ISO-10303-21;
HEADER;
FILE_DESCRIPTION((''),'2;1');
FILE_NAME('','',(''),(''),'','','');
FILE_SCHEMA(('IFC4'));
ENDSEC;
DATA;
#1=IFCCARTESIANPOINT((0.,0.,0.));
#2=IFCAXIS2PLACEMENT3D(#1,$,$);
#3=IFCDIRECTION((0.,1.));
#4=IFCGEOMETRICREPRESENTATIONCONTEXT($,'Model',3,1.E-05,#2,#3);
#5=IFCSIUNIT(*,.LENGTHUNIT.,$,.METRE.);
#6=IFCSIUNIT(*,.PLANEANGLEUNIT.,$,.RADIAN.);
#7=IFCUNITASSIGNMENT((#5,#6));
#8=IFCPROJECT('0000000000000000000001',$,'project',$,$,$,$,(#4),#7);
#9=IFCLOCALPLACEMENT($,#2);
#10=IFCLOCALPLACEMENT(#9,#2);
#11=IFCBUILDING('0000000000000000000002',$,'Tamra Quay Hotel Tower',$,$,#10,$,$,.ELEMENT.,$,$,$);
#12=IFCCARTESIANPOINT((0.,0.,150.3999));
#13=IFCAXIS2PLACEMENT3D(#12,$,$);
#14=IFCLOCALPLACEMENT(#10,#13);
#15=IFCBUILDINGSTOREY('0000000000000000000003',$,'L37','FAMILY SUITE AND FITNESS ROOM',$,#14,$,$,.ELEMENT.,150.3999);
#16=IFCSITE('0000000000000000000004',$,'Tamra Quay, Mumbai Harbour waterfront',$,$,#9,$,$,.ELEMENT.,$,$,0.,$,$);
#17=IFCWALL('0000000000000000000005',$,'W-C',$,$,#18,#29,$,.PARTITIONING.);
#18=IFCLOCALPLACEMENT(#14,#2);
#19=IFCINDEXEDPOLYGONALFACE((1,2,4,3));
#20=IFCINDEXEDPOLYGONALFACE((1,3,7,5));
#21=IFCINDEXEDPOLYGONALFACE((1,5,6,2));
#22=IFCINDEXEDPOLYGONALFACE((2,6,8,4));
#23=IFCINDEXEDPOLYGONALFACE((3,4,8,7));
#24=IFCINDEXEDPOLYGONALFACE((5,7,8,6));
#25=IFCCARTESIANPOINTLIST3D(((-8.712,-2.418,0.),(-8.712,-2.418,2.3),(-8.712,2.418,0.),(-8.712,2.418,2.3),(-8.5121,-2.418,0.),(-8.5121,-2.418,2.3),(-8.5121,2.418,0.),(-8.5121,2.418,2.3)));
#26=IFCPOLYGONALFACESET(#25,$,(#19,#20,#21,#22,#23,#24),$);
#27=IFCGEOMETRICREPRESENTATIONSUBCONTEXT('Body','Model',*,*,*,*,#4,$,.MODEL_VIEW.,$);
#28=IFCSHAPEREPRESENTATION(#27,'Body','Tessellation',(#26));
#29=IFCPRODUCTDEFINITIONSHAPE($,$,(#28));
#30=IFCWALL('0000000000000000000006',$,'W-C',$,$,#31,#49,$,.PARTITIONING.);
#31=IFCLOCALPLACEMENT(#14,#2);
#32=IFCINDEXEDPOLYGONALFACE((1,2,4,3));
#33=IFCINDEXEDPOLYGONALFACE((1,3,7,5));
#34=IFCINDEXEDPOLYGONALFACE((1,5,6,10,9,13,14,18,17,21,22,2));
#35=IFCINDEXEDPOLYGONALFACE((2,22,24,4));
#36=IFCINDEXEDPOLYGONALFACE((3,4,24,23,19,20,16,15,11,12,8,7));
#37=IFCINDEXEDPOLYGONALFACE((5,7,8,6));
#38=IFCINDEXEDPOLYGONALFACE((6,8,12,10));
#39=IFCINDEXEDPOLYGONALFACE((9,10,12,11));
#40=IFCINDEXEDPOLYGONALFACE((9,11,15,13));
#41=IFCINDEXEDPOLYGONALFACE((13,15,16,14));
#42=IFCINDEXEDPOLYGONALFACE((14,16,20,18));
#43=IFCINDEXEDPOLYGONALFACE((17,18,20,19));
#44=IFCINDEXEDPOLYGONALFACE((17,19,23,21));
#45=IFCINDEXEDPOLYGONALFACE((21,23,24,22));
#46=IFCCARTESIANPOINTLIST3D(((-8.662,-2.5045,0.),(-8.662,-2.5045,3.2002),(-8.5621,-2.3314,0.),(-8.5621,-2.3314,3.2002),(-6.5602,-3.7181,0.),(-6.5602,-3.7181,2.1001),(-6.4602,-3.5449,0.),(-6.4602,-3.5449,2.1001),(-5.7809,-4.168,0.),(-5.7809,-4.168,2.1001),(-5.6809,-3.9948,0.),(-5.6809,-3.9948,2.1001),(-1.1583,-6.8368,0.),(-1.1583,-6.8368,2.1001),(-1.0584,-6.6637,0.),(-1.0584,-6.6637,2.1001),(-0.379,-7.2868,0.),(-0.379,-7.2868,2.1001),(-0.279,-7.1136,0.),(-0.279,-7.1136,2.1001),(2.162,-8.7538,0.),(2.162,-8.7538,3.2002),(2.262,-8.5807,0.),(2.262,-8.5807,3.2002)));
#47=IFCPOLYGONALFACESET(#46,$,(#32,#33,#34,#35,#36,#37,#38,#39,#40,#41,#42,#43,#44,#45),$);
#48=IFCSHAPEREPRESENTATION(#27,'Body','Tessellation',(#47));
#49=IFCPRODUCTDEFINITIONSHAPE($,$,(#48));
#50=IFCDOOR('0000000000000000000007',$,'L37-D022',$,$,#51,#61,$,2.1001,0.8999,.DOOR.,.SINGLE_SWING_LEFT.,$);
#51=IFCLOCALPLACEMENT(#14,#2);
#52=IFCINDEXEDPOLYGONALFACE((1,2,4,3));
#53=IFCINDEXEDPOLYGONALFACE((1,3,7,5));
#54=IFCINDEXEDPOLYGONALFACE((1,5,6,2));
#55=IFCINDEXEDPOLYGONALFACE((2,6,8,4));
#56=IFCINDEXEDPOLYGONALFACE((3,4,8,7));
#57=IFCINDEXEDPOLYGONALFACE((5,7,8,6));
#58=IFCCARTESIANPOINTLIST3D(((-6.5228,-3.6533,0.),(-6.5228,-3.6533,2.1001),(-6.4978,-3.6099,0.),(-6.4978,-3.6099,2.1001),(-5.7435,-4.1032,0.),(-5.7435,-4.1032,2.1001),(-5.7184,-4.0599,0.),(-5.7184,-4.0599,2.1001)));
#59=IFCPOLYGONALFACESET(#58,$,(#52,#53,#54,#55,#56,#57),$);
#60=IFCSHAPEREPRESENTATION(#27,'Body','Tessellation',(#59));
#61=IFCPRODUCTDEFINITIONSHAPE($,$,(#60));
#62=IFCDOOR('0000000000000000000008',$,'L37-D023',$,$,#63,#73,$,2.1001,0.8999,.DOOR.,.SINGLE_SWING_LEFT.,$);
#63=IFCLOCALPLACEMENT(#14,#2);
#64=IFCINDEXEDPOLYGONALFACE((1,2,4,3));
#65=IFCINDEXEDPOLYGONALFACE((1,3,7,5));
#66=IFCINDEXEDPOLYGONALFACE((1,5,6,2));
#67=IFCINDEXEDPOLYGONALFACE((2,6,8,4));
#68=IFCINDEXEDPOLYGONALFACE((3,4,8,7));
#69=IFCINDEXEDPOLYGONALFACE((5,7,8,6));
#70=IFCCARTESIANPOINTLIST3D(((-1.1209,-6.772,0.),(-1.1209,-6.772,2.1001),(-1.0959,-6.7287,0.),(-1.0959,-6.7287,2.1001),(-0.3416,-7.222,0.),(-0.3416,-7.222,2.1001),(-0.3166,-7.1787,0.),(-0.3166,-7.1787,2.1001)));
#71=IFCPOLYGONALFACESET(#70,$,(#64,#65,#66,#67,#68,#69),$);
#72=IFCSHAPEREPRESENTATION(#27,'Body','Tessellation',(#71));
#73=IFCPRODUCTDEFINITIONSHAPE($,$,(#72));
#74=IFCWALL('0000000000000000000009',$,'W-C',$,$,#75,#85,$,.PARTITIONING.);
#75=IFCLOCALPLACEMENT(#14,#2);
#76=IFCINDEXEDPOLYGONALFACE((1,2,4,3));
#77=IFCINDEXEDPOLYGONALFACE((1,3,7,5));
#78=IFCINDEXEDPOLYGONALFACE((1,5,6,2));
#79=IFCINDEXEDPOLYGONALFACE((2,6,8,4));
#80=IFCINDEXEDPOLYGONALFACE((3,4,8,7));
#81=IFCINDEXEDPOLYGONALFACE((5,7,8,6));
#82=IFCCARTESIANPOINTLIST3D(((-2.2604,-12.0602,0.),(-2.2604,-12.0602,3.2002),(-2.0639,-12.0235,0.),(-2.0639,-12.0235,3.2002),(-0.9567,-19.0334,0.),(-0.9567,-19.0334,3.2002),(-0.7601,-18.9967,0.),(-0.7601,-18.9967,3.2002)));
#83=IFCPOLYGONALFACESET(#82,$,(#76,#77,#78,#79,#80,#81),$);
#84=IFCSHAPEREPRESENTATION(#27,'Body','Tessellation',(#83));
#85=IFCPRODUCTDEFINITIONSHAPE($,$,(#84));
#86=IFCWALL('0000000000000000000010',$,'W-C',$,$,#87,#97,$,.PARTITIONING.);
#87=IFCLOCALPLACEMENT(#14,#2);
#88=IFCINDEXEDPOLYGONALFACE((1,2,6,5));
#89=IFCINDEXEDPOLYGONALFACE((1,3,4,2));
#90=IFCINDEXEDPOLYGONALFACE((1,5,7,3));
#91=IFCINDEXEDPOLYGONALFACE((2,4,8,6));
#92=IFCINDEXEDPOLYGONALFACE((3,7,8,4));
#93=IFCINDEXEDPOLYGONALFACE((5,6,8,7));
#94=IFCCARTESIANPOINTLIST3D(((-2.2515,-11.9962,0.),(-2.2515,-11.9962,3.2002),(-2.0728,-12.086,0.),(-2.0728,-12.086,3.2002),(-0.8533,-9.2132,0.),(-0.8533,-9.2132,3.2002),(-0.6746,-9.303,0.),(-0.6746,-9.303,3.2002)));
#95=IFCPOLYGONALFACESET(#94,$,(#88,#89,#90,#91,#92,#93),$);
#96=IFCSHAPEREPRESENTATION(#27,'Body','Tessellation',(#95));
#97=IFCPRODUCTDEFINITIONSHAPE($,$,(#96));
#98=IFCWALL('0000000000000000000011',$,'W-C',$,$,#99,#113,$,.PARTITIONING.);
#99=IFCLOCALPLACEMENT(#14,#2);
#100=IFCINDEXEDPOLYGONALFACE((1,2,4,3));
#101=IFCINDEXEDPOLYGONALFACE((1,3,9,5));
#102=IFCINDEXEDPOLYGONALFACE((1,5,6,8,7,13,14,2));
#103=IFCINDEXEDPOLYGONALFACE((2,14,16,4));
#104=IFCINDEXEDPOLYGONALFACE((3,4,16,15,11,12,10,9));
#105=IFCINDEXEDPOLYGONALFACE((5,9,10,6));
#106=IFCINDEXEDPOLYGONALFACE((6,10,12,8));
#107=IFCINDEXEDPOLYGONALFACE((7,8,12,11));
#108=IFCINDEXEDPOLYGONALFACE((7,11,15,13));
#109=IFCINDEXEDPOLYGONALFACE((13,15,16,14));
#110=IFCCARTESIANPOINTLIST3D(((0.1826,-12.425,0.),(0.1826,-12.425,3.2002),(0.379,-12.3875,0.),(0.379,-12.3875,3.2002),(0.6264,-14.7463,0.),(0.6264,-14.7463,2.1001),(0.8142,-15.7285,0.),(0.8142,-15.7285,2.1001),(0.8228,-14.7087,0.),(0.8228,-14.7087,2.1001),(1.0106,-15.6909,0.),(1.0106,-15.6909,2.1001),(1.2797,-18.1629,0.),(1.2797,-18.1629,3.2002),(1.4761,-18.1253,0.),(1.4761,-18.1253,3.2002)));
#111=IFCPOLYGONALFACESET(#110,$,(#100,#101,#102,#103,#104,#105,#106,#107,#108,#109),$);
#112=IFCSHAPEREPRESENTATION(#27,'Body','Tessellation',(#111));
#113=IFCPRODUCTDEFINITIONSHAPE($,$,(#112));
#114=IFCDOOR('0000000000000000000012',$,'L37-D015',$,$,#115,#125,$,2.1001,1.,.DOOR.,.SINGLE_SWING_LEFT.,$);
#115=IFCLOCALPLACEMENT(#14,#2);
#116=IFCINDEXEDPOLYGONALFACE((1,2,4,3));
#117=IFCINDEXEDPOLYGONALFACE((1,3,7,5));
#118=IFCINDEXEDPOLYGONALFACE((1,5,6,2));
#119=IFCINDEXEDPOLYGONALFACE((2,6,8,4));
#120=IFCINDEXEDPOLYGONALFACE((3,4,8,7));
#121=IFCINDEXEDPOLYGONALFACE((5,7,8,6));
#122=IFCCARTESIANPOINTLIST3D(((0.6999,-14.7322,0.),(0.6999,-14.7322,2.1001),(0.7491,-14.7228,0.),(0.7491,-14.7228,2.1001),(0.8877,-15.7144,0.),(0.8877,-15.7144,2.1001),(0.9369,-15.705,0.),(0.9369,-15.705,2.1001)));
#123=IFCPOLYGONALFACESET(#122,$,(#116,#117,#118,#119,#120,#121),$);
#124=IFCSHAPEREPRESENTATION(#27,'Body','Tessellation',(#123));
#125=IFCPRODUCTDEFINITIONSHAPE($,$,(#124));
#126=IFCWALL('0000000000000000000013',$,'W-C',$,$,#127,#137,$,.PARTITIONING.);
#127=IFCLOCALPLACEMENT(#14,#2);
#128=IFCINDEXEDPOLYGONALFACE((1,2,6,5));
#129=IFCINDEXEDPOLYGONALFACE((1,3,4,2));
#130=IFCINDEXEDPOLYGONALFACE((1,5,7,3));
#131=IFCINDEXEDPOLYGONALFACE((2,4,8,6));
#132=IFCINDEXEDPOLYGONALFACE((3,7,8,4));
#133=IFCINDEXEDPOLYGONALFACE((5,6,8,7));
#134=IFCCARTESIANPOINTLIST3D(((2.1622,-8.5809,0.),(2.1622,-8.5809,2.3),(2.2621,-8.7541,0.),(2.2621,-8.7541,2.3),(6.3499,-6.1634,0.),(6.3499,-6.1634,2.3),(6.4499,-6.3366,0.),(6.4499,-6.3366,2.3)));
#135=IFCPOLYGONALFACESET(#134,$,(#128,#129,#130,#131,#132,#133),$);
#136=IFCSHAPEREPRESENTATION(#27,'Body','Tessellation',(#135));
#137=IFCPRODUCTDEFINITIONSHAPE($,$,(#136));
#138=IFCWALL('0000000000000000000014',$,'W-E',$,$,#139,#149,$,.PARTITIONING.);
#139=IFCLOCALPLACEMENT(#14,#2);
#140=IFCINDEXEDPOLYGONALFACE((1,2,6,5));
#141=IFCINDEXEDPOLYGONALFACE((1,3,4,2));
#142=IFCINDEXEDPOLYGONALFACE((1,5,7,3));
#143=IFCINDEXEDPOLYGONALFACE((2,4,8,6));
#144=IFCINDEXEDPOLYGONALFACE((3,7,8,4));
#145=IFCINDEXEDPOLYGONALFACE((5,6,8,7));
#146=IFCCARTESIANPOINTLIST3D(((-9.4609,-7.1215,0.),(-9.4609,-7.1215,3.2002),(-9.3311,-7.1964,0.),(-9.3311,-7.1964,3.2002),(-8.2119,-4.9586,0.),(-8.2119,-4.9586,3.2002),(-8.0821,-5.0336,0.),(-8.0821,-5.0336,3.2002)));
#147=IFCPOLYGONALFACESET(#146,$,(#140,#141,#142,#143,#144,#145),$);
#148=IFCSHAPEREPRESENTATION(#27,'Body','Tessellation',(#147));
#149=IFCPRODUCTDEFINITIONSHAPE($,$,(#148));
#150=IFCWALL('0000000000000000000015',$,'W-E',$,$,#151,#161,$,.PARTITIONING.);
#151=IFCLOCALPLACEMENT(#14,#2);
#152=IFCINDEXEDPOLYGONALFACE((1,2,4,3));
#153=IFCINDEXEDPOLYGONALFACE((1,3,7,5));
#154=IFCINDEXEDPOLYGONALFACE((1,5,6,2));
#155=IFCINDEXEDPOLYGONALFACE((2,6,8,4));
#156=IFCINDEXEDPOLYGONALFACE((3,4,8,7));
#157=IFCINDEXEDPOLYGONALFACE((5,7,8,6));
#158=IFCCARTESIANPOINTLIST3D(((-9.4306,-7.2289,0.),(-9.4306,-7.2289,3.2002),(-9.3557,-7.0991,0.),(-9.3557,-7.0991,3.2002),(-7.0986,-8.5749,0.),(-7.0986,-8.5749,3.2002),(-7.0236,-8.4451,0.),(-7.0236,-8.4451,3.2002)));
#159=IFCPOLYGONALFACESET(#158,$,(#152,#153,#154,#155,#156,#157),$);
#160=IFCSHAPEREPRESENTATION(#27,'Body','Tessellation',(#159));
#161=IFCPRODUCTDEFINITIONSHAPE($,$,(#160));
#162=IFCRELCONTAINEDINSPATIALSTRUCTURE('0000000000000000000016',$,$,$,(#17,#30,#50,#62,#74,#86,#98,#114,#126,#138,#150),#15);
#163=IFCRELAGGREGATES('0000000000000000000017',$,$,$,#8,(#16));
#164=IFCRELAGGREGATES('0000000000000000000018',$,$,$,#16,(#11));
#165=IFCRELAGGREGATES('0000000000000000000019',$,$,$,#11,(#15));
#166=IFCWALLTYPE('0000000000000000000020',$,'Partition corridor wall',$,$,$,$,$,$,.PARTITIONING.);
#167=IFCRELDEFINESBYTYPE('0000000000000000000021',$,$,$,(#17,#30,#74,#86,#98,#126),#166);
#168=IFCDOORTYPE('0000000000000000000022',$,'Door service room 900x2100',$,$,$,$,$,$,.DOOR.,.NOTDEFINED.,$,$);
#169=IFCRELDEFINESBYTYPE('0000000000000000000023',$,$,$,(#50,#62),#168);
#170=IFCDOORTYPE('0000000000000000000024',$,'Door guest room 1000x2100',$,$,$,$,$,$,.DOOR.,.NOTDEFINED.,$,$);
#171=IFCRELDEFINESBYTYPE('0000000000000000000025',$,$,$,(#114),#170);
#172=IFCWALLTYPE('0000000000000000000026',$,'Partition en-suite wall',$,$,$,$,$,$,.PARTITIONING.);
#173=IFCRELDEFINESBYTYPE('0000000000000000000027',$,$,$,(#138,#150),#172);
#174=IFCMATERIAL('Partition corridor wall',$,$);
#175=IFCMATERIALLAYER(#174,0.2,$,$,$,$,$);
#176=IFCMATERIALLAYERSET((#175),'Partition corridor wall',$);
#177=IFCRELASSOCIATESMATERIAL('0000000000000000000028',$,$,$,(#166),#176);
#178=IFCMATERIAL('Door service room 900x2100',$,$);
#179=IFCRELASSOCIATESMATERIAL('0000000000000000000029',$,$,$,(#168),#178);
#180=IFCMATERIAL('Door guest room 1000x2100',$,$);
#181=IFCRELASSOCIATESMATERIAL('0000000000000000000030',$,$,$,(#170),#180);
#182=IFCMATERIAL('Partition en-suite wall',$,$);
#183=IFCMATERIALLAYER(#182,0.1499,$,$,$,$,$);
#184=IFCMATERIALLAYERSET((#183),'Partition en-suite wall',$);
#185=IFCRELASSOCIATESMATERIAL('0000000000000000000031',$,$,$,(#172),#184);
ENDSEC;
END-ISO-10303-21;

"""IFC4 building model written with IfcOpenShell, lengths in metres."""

from ifc_helpers import new_model, si_unit, direction, frame, frame_2d, origin, place, context, subcontext, project, spatial, rectangle, extrude, material, layer, layer_set, type_object, element, fill, save


model = new_model("IFC4")

# Units and contexts
model_context = context("Model", 3, precision=1e-05, world=origin(), true_north=direction((0.0, 1.0)))
body_context = subcontext(model_context, "Body", "Model", "MODEL_VIEW")
ifc_project = project(units=[si_unit("LENGTHUNIT", "METRE"), si_unit("PLANEANGLEUNIT", "RADIAN")], contexts=[model_context])

# Site, building, storey
site_placement = place(None, origin())
site = spatial("IfcSite", under=ifc_project, at=site_placement, Name="Tamra Quay, Mumbai Harbour waterfront", CompositionType="ELEMENT", RefElevation=0.0)
building_placement = place(site_placement, origin())
building = spatial("IfcBuilding", under=site, at=building_placement, Name="Tamra Quay Hotel Tower", CompositionType="ELEMENT")
storey_placement = place(building_placement, frame((0.0, 0.0, 150.3999)))
storey = spatial("IfcBuildingStorey", under=building, at=storey_placement, Name="L37", Description="FAMILY SUITE AND FITNESS ROOM", CompositionType="ELEMENT", Elevation=150.3999)

# Shared definitions
ifc_material_1 = material(Name="Partition corridor wall")
ifc_layer_1 = layer(ifc_material_1, 0.2)
ifc_layer_set_1 = layer_set([ifc_layer_1], Name="Partition corridor wall")
wall_type_1 = type_object("IfcWallType", Name="Partition corridor wall", PredefinedType="PARTITIONING", material=ifc_layer_set_1)

# Wall
wall_1_placement = place(storey_placement, frame((-8.6121, -2.418, 0.0), z_axis=(0.0, 0.0, 1.0), x_axis=(0.0, 1.0, 0.0)))
element("IfcWall", 1, at=wall_1_placement, inside=storey, type_object=wall_type_1, Name="W-C", PredefinedType="PARTITIONING", context=body_context, shape_type="SweptSolid", body=[
    extrude(rectangle(XDim=4.8359, YDim=0.2, at=frame_2d((2.418, 0.0))), origin(), (0.0, 0.0, 1.0), 2.3),
])

# Wall, openings, doors
wall_2_placement = place(storey_placement, frame((-8.6121, -2.418, 0.0), z_axis=(0.0, 0.0, 1.0), x_axis=(0.866024, -0.500003, 0.0)))
wall_2 = element("IfcWall", 2, at=wall_2_placement, inside=storey, type_object=wall_type_1, Name="W-C", PredefinedType="PARTITIONING", context=body_context, shape_type="SweptSolid", body=[
    extrude(rectangle(XDim=12.4985, YDim=0.2, at=frame_2d((6.2493, 0.0))), origin(), (0.0, 0.0, 1.0), 3.2002),
])
opening_1_placement = place(wall_2_placement, frame((2.427, 0.0, 0.0)))
opening_1 = element("IfcOpeningElement", 3, at=opening_1_placement, cuts=wall_2, PredefinedType="OPENING", context=body_context, shape_type="SweptSolid", body=[
    extrude(rectangle(XDim=0.8999, YDim=2.1001, at=frame_2d((0.45, 1.05))), frame((0.0, 0.1099, 0.0), z_axis=(0.0, -1.0, 0.0), x_axis=(1.0, 0.0, 0.0)), (0.0, 0.0, 1.0), 0.22),
])
opening_2_placement = place(wall_2_placement, frame((8.6646, 0.0, 0.0)))
opening_2 = element("IfcOpeningElement", 4, at=opening_2_placement, cuts=wall_2, PredefinedType="OPENING", context=body_context, shape_type="SweptSolid", body=[
    extrude(rectangle(XDim=0.8999, YDim=2.1001, at=frame_2d((0.45, 1.05))), frame((0.0, 0.1099, 0.0), z_axis=(0.0, -1.0, 0.0), x_axis=(1.0, 0.0, 0.0)), (0.0, 0.0, 1.0), 0.22),
])
ifc_material_2 = material(Name="Door service room 900x2100")
door_type_1 = type_object("IfcDoorType", Name="Door service room 900x2100", OperationType="NOTDEFINED", PredefinedType="DOOR", material=ifc_material_2)
door_1_placement = place(opening_1_placement, origin())
door_1 = element("IfcDoor", 5, at=door_1_placement, inside=storey, type_object=door_type_1, Name="L37-D022", OperationType="SINGLE_SWING_LEFT", OverallHeight=2.1001, OverallWidth=0.8999, PredefinedType="DOOR", context=body_context, shape_type="SweptSolid", body=[
    extrude(rectangle(XDim=0.8999, YDim=2.1001, at=frame_2d((0.45, 1.05))), frame((0.0, 0.0249, 0.0), z_axis=(0.0, -1.0, 0.0), x_axis=(1.0, 0.0, 0.0)), (0.0, 0.0, 1.0), 0.05),
])
fill(opening_1, door_1)
door_2_placement = place(opening_2_placement, origin())
door_2 = element("IfcDoor", 6, at=door_2_placement, inside=storey, type_object=door_type_1, Name="L37-D023", OperationType="SINGLE_SWING_LEFT", OverallHeight=2.1001, OverallWidth=0.8999, PredefinedType="DOOR", context=body_context, shape_type="SweptSolid", body=[
    extrude(rectangle(XDim=0.8999, YDim=2.1001, at=frame_2d((0.45, 1.05))), frame((0.0, 0.0249, 0.0), z_axis=(0.0, -1.0, 0.0), x_axis=(1.0, 0.0, 0.0)), (0.0, 0.0, 1.0), 0.05),
])
fill(opening_2, door_2)

# Walls
wall_3_placement = place(storey_placement, frame((-2.1621, -12.042, 0.0), z_axis=(0.0, 0.0, 1.0), x_axis=(0.183777, -0.982968, 0.0)))
element("IfcWall", 7, at=wall_3_placement, inside=storey, type_object=wall_type_1, Name="W-C", PredefinedType="PARTITIONING", context=body_context, shape_type="SweptSolid", body=[
    extrude(rectangle(XDim=7.094, YDim=0.2, at=frame_2d((3.5469, 0.0))), origin(), (0.0, 0.0, 1.0), 3.2002),
])
wall_4_placement = place(storey_placement, frame((-2.1621, -12.041, 0.0), z_axis=(0.0, 0.0, 1.0), x_axis=(0.448937, 0.893563, 0.0)))
element("IfcWall", 8, at=wall_4_placement, inside=storey, type_object=wall_type_1, Name="W-C", PredefinedType="PARTITIONING", context=body_context, shape_type="SweptSolid", body=[
    extrude(rectangle(XDim=3.1145, YDim=0.2, at=frame_2d((1.5571, 0.0))), origin(), (0.0, 0.0, 1.0), 3.2002),
])

# Wall, opening, door
wall_5_placement = place(storey_placement, frame((0.2808, -12.4062, 0.0), z_axis=(0.0, 0.0, 1.0), x_axis=(0.187815, -0.982204, 0.0)))
wall_5 = element("IfcWall", 9, at=wall_5_placement, inside=storey, type_object=wall_type_1, Name="W-C", PredefinedType="PARTITIONING", context=body_context, shape_type="SweptSolid", body=[
    extrude(rectangle(XDim=5.8418, YDim=0.2, at=frame_2d((2.9209, 0.0))), origin(), (0.0, 0.0, 1.0), 3.2002),
])
opening_3_placement = place(wall_5_placement, frame((2.3633, 0.0, 0.0)))
opening_3 = element("IfcOpeningElement", 10, at=opening_3_placement, cuts=wall_5, PredefinedType="OPENING", context=body_context, shape_type="SweptSolid", body=[
    extrude(rectangle(XDim=1.0, YDim=2.1001, at=frame_2d((0.5, 1.05))), frame((0.0, 0.1099, 0.0), z_axis=(0.0, -1.0, 0.0), x_axis=(1.0, 0.0, 0.0)), (0.0, 0.0, 1.0), 0.22),
])
ifc_material_3 = material(Name="Door guest room 1000x2100")
door_type_2 = type_object("IfcDoorType", Name="Door guest room 1000x2100", OperationType="NOTDEFINED", PredefinedType="DOOR", material=ifc_material_3)
door_3_placement = place(opening_3_placement, origin())
door_3 = element("IfcDoor", 11, at=door_3_placement, inside=storey, type_object=door_type_2, Name="L37-D015", OperationType="SINGLE_SWING_LEFT", OverallHeight=2.1001, OverallWidth=1.0, PredefinedType="DOOR", context=body_context, shape_type="SweptSolid", body=[
    extrude(rectangle(XDim=1.0, YDim=2.1001, at=frame_2d((0.5, 1.05))), frame((0.0, 0.0249, 0.0), z_axis=(0.0, -1.0, 0.0), x_axis=(1.0, 0.0, 0.0)), (0.0, 0.0, 1.0), 0.05),
])
fill(opening_3, door_3)

# Walls
wall_6_placement = place(storey_placement, frame((2.2122, -8.6675, 0.0), z_axis=(0.0, 0.0, 1.0), x_axis=(0.866054, 0.499951, 0.0)))
element("IfcWall", 12, at=wall_6_placement, inside=storey, type_object=wall_type_1, Name="W-C", PredefinedType="PARTITIONING", context=body_context, shape_type="SweptSolid", body=[
    extrude(rectangle(XDim=4.8354, YDim=0.2, at=frame_2d((2.4177, 0.0))), origin(), (0.0, 0.0, 1.0), 2.3),
])
ifc_material_4 = material(Name="Partition en-suite wall")
ifc_layer_2 = layer(ifc_material_4, 0.1499)
ifc_layer_set_2 = layer_set([ifc_layer_2], Name="Partition en-suite wall")
wall_type_2 = type_object("IfcWallType", Name="Partition en-suite wall", PredefinedType="PARTITIONING", material=ifc_layer_set_2)
wall_7_placement = place(storey_placement, frame((-9.396, -7.1589, 0.0), z_axis=(0.0, 0.0, 1.0), x_axis=(0.500092, 0.865972, 0.0)))
element("IfcWall", 13, at=wall_7_placement, inside=storey, type_object=wall_type_2, Name="W-E", PredefinedType="PARTITIONING", context=body_context, shape_type="SweptSolid", body=[
    extrude(rectangle(XDim=2.4976, YDim=0.1499, at=frame_2d((1.2488, 0.0))), origin(), (0.0, 0.0, 1.0), 3.2002),
])
wall_8_placement = place(storey_placement, frame((-9.3931, -7.1641, 0.0), z_axis=(0.0, 0.0, 1.0), x_axis=(0.866098, -0.499874, 0.0)))
element("IfcWall", 14, at=wall_8_placement, inside=storey, type_object=wall_type_2, Name="W-E", PredefinedType="PARTITIONING", context=body_context, shape_type="SweptSolid", body=[
    extrude(rectangle(XDim=2.6926, YDim=0.1499, at=frame_2d((1.3462, 0.0))), origin(), (0.0, 0.0, 1.0), 3.2002),
])

save(model, "model.ifc")
